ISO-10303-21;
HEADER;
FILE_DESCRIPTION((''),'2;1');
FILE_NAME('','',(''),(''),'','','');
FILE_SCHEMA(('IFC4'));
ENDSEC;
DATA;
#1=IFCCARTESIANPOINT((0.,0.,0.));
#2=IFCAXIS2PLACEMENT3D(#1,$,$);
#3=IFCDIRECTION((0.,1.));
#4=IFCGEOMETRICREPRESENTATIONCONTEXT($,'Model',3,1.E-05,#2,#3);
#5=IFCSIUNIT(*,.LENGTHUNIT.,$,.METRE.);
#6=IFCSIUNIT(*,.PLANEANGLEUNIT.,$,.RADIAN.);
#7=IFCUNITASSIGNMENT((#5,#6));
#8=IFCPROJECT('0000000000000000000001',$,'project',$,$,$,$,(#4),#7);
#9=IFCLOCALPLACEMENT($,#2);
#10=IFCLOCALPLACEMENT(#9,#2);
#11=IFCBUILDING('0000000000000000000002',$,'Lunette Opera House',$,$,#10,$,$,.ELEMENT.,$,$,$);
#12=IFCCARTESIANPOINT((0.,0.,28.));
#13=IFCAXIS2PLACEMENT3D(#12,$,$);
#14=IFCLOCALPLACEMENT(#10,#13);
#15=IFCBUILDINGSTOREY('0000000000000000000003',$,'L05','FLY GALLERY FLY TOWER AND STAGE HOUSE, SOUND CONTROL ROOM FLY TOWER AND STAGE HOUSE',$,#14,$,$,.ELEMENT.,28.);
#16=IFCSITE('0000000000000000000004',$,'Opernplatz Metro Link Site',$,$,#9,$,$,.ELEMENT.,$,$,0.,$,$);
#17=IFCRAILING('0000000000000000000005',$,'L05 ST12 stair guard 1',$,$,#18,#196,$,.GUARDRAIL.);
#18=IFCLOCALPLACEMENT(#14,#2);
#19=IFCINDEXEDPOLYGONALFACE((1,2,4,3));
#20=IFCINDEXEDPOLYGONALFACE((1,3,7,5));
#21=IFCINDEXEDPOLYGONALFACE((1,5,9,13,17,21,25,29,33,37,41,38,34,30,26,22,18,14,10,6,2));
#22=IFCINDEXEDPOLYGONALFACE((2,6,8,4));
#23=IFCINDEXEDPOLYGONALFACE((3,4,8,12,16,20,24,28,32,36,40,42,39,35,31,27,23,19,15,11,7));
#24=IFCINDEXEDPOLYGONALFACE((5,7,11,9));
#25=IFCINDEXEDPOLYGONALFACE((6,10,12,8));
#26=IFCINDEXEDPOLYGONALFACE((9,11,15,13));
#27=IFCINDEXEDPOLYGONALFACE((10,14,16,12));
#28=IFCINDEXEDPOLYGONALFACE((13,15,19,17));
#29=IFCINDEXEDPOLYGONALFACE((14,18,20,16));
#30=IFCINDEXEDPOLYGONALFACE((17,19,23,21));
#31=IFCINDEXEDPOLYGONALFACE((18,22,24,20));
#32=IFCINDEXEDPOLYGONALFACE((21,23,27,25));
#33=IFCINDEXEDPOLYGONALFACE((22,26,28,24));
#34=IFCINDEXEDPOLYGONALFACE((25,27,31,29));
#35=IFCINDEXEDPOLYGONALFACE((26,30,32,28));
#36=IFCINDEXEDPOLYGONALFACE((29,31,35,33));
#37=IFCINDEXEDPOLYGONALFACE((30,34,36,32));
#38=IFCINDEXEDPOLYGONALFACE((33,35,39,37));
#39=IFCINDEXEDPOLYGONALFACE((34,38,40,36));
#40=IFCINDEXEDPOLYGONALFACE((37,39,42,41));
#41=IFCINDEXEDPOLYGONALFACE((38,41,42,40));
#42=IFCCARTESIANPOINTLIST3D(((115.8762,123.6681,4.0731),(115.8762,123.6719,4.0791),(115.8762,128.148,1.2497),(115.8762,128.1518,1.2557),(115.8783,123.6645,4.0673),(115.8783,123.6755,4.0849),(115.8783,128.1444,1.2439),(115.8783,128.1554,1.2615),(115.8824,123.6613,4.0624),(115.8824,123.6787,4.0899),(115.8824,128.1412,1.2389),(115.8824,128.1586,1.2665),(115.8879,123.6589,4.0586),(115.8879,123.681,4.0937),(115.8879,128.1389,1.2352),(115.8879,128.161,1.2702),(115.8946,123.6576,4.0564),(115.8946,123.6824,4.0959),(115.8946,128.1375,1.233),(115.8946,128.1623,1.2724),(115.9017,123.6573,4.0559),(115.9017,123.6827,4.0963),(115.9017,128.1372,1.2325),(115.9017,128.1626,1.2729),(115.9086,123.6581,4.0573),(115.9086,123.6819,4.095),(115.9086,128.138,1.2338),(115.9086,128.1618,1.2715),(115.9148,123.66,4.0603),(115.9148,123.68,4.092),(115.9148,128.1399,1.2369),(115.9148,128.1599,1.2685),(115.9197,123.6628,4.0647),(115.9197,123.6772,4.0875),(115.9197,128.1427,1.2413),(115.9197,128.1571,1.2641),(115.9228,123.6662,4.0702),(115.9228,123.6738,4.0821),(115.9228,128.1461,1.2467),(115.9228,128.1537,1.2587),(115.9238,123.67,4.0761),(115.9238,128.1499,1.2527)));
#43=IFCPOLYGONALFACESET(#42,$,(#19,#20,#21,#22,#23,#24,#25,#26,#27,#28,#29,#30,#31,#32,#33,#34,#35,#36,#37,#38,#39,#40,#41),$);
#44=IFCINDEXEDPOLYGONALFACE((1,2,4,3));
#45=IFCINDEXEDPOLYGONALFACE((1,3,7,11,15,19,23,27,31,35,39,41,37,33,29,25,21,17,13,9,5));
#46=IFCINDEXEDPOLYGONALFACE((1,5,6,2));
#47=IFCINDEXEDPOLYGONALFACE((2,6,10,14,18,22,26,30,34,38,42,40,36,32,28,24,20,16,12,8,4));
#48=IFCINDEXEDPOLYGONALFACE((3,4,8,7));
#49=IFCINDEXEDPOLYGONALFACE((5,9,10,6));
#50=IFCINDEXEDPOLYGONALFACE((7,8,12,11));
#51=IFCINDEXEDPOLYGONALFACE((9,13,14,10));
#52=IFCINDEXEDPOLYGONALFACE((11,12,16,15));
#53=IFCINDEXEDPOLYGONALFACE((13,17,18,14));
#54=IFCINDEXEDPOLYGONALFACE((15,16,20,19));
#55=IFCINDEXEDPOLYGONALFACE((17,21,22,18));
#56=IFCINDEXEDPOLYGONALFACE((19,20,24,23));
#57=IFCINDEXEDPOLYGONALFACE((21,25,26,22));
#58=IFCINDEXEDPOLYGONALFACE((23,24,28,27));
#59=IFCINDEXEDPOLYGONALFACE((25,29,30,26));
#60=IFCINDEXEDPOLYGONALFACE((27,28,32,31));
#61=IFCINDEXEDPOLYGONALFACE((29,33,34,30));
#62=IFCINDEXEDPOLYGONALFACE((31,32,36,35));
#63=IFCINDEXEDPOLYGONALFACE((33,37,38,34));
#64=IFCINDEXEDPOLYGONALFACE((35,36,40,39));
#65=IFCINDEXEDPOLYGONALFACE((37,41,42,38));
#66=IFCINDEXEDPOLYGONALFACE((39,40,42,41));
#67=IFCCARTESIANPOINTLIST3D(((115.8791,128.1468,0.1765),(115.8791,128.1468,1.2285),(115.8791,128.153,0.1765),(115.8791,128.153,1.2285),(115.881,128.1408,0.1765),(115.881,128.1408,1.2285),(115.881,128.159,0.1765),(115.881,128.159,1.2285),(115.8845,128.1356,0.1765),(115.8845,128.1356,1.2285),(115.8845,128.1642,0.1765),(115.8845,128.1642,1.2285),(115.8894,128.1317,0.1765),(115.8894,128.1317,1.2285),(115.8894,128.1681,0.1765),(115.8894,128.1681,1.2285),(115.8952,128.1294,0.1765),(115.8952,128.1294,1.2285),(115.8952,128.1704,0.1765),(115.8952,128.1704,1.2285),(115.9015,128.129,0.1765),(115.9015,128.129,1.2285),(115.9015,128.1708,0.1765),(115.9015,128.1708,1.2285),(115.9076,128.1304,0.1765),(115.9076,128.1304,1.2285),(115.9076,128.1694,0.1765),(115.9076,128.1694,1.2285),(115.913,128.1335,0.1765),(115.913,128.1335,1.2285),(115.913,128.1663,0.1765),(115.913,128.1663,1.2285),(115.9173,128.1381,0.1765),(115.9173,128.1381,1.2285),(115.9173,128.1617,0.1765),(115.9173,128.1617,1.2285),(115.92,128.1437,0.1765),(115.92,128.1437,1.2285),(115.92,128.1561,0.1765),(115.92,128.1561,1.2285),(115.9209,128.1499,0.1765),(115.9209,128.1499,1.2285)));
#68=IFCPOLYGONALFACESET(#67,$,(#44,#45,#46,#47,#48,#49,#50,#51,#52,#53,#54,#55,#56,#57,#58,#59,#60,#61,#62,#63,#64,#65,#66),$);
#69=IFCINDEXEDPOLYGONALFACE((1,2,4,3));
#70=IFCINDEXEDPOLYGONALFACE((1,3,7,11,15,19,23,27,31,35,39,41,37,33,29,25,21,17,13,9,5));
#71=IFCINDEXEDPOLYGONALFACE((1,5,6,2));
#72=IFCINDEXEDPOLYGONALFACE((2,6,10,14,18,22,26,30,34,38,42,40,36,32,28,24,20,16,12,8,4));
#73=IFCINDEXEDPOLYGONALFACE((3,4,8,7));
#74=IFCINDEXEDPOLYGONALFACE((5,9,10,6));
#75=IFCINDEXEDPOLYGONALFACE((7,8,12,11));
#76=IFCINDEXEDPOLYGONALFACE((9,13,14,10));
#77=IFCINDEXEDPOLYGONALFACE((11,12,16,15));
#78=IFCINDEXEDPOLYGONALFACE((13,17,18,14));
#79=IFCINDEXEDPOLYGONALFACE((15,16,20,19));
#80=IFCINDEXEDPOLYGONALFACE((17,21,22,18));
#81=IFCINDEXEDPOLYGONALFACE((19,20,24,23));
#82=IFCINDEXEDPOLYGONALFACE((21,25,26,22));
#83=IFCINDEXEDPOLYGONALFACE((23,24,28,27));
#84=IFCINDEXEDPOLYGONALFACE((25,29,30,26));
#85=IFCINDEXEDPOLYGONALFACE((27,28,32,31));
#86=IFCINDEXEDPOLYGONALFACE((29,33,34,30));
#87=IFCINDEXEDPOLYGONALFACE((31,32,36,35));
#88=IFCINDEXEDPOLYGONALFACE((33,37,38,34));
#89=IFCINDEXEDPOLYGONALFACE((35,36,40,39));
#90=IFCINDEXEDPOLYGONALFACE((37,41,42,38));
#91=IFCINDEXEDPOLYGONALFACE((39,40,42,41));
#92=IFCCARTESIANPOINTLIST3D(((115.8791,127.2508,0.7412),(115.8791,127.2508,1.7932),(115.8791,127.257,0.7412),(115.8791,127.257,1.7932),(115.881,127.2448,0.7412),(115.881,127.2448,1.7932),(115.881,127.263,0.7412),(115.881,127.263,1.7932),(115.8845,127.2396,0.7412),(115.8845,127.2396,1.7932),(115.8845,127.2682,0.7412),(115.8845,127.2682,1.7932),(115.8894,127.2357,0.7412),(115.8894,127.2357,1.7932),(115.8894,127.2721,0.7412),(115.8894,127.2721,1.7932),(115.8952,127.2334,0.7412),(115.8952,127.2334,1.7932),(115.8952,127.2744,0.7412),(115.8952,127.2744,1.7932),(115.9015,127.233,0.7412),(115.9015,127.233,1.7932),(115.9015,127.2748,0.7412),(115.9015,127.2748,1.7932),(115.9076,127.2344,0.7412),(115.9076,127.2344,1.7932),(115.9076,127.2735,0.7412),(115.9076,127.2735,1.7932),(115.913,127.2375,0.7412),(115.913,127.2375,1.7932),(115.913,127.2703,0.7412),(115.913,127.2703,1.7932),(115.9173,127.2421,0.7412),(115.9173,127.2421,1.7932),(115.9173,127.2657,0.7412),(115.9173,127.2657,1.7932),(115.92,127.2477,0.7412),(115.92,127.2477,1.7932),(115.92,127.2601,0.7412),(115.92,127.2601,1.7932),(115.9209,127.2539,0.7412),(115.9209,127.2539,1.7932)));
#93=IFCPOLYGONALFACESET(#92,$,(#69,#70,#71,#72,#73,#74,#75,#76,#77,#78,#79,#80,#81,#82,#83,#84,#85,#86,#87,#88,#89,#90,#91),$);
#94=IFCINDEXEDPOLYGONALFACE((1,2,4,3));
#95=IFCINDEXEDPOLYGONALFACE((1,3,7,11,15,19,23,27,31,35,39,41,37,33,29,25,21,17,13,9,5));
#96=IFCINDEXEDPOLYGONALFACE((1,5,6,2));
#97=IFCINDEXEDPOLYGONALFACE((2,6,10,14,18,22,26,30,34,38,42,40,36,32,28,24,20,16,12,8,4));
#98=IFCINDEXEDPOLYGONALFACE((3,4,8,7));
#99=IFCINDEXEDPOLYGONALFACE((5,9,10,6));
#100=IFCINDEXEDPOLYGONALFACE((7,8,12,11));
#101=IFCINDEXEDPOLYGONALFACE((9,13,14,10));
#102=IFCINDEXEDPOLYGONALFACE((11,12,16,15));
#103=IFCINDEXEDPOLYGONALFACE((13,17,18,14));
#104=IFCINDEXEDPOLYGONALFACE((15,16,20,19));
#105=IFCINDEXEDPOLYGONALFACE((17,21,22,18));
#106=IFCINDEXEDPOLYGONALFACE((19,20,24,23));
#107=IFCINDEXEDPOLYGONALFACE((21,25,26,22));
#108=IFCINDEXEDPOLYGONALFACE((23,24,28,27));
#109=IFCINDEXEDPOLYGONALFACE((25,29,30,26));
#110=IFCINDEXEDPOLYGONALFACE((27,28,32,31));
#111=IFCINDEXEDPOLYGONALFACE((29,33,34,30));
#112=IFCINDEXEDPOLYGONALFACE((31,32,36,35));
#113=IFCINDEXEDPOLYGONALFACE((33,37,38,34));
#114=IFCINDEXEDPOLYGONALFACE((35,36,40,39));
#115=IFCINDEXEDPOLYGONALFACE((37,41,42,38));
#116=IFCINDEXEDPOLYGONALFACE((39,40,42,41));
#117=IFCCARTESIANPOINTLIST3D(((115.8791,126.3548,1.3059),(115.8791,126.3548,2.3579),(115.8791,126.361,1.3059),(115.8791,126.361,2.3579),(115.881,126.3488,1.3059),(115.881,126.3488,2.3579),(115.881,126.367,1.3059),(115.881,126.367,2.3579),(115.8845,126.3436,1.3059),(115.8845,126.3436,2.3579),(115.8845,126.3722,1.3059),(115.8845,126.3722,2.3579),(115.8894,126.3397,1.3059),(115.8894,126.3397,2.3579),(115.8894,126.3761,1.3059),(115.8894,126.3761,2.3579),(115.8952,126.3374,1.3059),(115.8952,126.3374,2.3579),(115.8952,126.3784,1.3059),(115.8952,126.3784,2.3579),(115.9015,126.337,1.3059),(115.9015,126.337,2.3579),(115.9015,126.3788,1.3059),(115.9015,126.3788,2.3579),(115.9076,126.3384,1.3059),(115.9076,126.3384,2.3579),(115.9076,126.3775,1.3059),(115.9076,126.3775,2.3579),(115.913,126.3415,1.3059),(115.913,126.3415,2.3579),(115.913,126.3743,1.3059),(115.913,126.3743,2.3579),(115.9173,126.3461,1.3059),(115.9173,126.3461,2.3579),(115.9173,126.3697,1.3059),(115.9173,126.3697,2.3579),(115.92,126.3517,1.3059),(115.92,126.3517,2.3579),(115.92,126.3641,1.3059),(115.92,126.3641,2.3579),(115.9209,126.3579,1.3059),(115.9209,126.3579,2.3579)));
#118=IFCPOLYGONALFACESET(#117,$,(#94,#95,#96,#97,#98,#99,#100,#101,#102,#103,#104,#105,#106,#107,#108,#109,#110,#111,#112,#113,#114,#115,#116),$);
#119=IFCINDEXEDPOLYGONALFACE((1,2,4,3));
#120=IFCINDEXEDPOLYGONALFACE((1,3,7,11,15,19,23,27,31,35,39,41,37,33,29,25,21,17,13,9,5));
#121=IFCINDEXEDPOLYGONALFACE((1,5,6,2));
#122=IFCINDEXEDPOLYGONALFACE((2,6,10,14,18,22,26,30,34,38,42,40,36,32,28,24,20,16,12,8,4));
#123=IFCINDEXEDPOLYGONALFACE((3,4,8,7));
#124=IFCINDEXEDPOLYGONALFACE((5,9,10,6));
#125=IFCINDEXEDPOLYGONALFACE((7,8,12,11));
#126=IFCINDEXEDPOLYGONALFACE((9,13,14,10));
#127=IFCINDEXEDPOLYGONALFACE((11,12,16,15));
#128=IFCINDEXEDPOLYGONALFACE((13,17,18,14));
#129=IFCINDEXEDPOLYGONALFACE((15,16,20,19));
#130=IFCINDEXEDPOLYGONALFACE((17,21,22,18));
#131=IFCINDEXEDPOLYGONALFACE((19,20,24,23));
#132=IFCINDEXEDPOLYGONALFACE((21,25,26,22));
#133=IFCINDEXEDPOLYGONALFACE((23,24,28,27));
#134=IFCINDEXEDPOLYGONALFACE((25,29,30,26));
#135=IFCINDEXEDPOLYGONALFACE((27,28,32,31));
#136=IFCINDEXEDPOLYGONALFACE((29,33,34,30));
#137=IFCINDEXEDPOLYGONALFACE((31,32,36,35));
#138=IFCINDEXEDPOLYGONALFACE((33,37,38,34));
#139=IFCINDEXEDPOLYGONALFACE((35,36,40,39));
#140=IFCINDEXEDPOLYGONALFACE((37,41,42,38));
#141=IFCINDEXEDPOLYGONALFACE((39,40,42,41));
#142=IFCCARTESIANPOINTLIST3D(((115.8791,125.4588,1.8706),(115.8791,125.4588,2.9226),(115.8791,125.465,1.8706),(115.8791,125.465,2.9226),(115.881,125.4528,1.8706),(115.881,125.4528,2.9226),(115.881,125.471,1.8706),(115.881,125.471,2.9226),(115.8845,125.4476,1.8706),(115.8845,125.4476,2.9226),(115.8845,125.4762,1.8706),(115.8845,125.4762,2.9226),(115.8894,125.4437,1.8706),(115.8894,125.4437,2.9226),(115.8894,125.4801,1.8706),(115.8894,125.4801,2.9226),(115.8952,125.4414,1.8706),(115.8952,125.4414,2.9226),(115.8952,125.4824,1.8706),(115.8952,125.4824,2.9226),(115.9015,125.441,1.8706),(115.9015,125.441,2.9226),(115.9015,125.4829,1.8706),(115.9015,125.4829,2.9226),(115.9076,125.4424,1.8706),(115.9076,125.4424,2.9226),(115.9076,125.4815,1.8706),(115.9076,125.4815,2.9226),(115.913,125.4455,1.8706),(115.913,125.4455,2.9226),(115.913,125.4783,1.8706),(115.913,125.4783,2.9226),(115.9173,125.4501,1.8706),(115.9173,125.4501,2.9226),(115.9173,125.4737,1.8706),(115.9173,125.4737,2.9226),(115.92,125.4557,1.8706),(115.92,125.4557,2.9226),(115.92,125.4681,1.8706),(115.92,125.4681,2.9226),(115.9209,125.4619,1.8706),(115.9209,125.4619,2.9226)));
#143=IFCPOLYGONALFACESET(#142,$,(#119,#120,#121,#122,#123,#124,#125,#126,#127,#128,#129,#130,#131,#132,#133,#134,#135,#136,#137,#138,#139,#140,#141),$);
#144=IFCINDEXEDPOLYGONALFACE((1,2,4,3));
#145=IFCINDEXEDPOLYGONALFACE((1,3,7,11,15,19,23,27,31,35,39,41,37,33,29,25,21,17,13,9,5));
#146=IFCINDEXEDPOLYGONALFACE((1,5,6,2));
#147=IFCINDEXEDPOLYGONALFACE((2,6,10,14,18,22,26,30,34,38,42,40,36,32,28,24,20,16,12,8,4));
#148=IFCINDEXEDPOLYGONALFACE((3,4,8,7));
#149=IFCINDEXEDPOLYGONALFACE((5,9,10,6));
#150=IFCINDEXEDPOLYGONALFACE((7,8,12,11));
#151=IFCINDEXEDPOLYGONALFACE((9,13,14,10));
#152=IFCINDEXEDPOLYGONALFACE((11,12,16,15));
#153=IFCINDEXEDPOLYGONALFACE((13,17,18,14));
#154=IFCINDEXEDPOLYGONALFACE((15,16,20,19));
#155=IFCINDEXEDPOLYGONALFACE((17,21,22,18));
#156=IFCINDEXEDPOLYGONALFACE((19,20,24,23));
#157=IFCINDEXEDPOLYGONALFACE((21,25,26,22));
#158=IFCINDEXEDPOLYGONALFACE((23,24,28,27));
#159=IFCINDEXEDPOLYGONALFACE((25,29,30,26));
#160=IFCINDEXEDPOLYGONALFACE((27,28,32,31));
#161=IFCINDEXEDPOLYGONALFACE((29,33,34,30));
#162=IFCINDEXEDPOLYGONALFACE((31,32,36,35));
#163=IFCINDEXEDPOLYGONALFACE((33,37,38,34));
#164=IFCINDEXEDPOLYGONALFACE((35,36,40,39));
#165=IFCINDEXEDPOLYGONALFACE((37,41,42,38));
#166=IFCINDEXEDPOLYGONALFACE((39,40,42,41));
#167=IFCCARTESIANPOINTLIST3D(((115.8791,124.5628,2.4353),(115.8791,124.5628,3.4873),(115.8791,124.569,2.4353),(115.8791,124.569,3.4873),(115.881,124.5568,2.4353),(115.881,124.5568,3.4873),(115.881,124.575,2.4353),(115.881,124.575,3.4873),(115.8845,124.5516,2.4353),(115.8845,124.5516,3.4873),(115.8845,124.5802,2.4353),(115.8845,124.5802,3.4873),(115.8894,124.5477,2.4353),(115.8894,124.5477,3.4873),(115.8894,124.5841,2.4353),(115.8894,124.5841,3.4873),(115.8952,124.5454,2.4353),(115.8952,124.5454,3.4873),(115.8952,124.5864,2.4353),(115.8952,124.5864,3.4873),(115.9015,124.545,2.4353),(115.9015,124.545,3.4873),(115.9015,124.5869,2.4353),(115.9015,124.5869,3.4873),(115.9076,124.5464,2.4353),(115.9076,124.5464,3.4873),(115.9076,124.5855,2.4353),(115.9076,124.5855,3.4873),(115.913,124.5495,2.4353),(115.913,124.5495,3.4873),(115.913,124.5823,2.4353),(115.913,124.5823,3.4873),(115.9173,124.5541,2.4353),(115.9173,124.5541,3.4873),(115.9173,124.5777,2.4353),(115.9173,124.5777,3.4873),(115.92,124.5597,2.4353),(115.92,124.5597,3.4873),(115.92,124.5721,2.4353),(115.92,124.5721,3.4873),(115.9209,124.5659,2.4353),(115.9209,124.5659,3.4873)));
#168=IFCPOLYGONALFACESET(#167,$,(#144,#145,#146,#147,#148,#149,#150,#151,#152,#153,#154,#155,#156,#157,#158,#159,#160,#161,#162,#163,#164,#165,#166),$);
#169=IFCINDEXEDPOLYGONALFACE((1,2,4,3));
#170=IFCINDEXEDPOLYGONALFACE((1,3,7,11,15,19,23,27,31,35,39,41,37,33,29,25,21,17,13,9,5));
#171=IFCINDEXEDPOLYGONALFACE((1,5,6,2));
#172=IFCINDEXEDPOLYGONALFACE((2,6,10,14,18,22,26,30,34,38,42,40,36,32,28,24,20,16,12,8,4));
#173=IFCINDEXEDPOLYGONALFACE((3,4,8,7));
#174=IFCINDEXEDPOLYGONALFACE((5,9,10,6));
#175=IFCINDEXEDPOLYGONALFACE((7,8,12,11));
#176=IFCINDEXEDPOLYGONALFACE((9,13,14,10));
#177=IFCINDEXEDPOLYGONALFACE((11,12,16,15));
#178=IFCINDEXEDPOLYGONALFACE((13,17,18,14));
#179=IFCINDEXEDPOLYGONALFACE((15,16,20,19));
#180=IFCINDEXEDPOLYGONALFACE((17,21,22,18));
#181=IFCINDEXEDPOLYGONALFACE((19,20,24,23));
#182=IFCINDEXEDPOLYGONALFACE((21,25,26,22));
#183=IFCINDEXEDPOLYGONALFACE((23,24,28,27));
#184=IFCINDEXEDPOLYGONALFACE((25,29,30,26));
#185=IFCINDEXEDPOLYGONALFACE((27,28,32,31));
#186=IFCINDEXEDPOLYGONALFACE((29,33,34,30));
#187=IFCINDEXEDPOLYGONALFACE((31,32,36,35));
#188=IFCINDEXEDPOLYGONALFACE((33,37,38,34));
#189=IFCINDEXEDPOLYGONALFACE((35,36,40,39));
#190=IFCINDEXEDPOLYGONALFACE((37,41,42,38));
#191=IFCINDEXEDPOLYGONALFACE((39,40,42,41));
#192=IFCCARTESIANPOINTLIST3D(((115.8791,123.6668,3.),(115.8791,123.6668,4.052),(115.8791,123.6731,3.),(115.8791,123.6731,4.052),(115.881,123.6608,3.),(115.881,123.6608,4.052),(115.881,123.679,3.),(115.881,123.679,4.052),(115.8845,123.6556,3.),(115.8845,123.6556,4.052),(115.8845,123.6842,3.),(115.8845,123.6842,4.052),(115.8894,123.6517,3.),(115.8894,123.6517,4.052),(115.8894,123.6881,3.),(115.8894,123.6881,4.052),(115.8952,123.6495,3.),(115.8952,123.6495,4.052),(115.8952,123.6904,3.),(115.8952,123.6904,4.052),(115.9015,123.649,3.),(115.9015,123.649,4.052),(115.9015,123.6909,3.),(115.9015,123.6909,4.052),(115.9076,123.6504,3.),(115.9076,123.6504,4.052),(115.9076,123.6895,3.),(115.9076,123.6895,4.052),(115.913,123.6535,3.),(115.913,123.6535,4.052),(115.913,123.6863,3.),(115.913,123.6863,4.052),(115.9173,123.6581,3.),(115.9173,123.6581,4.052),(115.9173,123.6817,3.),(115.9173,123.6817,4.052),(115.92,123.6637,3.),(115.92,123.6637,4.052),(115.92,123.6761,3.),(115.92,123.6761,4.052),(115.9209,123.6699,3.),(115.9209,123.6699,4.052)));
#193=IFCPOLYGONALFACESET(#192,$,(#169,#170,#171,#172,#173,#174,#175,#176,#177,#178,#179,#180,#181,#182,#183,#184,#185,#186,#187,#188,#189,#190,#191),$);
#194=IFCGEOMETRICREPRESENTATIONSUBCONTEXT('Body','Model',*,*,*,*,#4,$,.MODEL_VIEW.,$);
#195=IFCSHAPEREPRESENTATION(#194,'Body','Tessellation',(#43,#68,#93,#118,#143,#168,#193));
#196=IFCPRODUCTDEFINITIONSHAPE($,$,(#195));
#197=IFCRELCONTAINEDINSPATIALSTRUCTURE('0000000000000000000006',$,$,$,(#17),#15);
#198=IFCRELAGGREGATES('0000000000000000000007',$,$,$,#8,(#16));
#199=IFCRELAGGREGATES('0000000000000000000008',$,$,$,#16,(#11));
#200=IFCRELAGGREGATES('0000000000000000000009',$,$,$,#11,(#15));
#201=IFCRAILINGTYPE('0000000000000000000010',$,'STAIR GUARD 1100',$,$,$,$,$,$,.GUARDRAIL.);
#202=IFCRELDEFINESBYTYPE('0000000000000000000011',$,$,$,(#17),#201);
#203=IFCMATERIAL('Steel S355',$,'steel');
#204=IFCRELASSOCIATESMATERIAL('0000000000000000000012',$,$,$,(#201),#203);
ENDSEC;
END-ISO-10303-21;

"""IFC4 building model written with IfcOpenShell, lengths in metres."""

from ifc_helpers import new_model, si_unit, direction, frame, origin, origin_2d, place, context, subcontext, project, spatial, circle, extrude, material, type_object, element, save


model = new_model("IFC4")

# Units and contexts
model_context = context("Model", 3, precision=1e-05, world=origin(), true_north=direction((0.0, 1.0)))
body_context = subcontext(model_context, "Body", "Model", "MODEL_VIEW")
ifc_project = project(units=[si_unit("LENGTHUNIT", "METRE"), si_unit("PLANEANGLEUNIT", "RADIAN")], contexts=[model_context])

# Site, building, storey
site_placement = place(None, origin())
site = spatial("IfcSite", under=ifc_project, at=site_placement, Name="Opernplatz Metro Link Site", CompositionType="ELEMENT", RefElevation=0.0)
building_placement = place(site_placement, origin())
building = spatial("IfcBuilding", under=site, at=building_placement, Name="Lunette Opera House", CompositionType="ELEMENT")
storey_placement = place(building_placement, frame((0.0, 0.0, 28.0)))
storey = spatial("IfcBuildingStorey", under=building, at=storey_placement, Name="L05", Description="FLY GALLERY FLY TOWER AND STAGE HOUSE, SOUND CONTROL ROOM FLY TOWER AND STAGE HOUSE", CompositionType="ELEMENT", Elevation=28.0)

# Railing
ifc_material_1 = material(Name="Steel S355", Category="steel")
railing_type_1 = type_object("IfcRailingType", Name="STAIR GUARD 1100", PredefinedType="GUARDRAIL", material=ifc_material_1)
railing_1_placement = place(storey_placement, frame((115.8999, 128.1499, 0.1765)))
element("IfcRailing", 1, at=railing_1_placement, inside=storey, type_object=railing_type_1, Name="L05 ST12 stair guard 1", PredefinedType="GUARDRAIL", context=body_context, shape_type="SweptSolid", body=[
    extrude(circle(Radius=0.0239, at=origin_2d()), frame((0.0, 0.0, 1.0762), z_axis=(0.0, -0.845998, 0.533186), x_axis=(1.0, 0.0, 0.0)), (0.0, 0.0, 1.0), 5.2954),
    extrude(circle(Radius=0.021, at=origin_2d()), origin(), (0.0, 0.0, 1.0), 1.052),
    extrude(circle(Radius=0.021, at=origin_2d()), frame((0.0, -0.896, 0.5647)), (0.0, 0.0, 1.0), 1.052),
    extrude(circle(Radius=0.021, at=origin_2d()), frame((0.0, -1.792, 1.1294)), (0.0, 0.0, 1.0), 1.052),
    extrude(circle(Radius=0.021, at=origin_2d()), frame((0.0, -2.688, 1.6941)), (0.0, 0.0, 1.0), 1.052),
    extrude(circle(Radius=0.021, at=origin_2d()), frame((0.0, -3.584, 2.2588)), (0.0, 0.0, 1.0), 1.052),
    extrude(circle(Radius=0.021, at=origin_2d()), frame((0.0, -4.48, 2.8235)), (0.0, 0.0, 1.0), 1.052),
])

save(model, "model.ifc")
